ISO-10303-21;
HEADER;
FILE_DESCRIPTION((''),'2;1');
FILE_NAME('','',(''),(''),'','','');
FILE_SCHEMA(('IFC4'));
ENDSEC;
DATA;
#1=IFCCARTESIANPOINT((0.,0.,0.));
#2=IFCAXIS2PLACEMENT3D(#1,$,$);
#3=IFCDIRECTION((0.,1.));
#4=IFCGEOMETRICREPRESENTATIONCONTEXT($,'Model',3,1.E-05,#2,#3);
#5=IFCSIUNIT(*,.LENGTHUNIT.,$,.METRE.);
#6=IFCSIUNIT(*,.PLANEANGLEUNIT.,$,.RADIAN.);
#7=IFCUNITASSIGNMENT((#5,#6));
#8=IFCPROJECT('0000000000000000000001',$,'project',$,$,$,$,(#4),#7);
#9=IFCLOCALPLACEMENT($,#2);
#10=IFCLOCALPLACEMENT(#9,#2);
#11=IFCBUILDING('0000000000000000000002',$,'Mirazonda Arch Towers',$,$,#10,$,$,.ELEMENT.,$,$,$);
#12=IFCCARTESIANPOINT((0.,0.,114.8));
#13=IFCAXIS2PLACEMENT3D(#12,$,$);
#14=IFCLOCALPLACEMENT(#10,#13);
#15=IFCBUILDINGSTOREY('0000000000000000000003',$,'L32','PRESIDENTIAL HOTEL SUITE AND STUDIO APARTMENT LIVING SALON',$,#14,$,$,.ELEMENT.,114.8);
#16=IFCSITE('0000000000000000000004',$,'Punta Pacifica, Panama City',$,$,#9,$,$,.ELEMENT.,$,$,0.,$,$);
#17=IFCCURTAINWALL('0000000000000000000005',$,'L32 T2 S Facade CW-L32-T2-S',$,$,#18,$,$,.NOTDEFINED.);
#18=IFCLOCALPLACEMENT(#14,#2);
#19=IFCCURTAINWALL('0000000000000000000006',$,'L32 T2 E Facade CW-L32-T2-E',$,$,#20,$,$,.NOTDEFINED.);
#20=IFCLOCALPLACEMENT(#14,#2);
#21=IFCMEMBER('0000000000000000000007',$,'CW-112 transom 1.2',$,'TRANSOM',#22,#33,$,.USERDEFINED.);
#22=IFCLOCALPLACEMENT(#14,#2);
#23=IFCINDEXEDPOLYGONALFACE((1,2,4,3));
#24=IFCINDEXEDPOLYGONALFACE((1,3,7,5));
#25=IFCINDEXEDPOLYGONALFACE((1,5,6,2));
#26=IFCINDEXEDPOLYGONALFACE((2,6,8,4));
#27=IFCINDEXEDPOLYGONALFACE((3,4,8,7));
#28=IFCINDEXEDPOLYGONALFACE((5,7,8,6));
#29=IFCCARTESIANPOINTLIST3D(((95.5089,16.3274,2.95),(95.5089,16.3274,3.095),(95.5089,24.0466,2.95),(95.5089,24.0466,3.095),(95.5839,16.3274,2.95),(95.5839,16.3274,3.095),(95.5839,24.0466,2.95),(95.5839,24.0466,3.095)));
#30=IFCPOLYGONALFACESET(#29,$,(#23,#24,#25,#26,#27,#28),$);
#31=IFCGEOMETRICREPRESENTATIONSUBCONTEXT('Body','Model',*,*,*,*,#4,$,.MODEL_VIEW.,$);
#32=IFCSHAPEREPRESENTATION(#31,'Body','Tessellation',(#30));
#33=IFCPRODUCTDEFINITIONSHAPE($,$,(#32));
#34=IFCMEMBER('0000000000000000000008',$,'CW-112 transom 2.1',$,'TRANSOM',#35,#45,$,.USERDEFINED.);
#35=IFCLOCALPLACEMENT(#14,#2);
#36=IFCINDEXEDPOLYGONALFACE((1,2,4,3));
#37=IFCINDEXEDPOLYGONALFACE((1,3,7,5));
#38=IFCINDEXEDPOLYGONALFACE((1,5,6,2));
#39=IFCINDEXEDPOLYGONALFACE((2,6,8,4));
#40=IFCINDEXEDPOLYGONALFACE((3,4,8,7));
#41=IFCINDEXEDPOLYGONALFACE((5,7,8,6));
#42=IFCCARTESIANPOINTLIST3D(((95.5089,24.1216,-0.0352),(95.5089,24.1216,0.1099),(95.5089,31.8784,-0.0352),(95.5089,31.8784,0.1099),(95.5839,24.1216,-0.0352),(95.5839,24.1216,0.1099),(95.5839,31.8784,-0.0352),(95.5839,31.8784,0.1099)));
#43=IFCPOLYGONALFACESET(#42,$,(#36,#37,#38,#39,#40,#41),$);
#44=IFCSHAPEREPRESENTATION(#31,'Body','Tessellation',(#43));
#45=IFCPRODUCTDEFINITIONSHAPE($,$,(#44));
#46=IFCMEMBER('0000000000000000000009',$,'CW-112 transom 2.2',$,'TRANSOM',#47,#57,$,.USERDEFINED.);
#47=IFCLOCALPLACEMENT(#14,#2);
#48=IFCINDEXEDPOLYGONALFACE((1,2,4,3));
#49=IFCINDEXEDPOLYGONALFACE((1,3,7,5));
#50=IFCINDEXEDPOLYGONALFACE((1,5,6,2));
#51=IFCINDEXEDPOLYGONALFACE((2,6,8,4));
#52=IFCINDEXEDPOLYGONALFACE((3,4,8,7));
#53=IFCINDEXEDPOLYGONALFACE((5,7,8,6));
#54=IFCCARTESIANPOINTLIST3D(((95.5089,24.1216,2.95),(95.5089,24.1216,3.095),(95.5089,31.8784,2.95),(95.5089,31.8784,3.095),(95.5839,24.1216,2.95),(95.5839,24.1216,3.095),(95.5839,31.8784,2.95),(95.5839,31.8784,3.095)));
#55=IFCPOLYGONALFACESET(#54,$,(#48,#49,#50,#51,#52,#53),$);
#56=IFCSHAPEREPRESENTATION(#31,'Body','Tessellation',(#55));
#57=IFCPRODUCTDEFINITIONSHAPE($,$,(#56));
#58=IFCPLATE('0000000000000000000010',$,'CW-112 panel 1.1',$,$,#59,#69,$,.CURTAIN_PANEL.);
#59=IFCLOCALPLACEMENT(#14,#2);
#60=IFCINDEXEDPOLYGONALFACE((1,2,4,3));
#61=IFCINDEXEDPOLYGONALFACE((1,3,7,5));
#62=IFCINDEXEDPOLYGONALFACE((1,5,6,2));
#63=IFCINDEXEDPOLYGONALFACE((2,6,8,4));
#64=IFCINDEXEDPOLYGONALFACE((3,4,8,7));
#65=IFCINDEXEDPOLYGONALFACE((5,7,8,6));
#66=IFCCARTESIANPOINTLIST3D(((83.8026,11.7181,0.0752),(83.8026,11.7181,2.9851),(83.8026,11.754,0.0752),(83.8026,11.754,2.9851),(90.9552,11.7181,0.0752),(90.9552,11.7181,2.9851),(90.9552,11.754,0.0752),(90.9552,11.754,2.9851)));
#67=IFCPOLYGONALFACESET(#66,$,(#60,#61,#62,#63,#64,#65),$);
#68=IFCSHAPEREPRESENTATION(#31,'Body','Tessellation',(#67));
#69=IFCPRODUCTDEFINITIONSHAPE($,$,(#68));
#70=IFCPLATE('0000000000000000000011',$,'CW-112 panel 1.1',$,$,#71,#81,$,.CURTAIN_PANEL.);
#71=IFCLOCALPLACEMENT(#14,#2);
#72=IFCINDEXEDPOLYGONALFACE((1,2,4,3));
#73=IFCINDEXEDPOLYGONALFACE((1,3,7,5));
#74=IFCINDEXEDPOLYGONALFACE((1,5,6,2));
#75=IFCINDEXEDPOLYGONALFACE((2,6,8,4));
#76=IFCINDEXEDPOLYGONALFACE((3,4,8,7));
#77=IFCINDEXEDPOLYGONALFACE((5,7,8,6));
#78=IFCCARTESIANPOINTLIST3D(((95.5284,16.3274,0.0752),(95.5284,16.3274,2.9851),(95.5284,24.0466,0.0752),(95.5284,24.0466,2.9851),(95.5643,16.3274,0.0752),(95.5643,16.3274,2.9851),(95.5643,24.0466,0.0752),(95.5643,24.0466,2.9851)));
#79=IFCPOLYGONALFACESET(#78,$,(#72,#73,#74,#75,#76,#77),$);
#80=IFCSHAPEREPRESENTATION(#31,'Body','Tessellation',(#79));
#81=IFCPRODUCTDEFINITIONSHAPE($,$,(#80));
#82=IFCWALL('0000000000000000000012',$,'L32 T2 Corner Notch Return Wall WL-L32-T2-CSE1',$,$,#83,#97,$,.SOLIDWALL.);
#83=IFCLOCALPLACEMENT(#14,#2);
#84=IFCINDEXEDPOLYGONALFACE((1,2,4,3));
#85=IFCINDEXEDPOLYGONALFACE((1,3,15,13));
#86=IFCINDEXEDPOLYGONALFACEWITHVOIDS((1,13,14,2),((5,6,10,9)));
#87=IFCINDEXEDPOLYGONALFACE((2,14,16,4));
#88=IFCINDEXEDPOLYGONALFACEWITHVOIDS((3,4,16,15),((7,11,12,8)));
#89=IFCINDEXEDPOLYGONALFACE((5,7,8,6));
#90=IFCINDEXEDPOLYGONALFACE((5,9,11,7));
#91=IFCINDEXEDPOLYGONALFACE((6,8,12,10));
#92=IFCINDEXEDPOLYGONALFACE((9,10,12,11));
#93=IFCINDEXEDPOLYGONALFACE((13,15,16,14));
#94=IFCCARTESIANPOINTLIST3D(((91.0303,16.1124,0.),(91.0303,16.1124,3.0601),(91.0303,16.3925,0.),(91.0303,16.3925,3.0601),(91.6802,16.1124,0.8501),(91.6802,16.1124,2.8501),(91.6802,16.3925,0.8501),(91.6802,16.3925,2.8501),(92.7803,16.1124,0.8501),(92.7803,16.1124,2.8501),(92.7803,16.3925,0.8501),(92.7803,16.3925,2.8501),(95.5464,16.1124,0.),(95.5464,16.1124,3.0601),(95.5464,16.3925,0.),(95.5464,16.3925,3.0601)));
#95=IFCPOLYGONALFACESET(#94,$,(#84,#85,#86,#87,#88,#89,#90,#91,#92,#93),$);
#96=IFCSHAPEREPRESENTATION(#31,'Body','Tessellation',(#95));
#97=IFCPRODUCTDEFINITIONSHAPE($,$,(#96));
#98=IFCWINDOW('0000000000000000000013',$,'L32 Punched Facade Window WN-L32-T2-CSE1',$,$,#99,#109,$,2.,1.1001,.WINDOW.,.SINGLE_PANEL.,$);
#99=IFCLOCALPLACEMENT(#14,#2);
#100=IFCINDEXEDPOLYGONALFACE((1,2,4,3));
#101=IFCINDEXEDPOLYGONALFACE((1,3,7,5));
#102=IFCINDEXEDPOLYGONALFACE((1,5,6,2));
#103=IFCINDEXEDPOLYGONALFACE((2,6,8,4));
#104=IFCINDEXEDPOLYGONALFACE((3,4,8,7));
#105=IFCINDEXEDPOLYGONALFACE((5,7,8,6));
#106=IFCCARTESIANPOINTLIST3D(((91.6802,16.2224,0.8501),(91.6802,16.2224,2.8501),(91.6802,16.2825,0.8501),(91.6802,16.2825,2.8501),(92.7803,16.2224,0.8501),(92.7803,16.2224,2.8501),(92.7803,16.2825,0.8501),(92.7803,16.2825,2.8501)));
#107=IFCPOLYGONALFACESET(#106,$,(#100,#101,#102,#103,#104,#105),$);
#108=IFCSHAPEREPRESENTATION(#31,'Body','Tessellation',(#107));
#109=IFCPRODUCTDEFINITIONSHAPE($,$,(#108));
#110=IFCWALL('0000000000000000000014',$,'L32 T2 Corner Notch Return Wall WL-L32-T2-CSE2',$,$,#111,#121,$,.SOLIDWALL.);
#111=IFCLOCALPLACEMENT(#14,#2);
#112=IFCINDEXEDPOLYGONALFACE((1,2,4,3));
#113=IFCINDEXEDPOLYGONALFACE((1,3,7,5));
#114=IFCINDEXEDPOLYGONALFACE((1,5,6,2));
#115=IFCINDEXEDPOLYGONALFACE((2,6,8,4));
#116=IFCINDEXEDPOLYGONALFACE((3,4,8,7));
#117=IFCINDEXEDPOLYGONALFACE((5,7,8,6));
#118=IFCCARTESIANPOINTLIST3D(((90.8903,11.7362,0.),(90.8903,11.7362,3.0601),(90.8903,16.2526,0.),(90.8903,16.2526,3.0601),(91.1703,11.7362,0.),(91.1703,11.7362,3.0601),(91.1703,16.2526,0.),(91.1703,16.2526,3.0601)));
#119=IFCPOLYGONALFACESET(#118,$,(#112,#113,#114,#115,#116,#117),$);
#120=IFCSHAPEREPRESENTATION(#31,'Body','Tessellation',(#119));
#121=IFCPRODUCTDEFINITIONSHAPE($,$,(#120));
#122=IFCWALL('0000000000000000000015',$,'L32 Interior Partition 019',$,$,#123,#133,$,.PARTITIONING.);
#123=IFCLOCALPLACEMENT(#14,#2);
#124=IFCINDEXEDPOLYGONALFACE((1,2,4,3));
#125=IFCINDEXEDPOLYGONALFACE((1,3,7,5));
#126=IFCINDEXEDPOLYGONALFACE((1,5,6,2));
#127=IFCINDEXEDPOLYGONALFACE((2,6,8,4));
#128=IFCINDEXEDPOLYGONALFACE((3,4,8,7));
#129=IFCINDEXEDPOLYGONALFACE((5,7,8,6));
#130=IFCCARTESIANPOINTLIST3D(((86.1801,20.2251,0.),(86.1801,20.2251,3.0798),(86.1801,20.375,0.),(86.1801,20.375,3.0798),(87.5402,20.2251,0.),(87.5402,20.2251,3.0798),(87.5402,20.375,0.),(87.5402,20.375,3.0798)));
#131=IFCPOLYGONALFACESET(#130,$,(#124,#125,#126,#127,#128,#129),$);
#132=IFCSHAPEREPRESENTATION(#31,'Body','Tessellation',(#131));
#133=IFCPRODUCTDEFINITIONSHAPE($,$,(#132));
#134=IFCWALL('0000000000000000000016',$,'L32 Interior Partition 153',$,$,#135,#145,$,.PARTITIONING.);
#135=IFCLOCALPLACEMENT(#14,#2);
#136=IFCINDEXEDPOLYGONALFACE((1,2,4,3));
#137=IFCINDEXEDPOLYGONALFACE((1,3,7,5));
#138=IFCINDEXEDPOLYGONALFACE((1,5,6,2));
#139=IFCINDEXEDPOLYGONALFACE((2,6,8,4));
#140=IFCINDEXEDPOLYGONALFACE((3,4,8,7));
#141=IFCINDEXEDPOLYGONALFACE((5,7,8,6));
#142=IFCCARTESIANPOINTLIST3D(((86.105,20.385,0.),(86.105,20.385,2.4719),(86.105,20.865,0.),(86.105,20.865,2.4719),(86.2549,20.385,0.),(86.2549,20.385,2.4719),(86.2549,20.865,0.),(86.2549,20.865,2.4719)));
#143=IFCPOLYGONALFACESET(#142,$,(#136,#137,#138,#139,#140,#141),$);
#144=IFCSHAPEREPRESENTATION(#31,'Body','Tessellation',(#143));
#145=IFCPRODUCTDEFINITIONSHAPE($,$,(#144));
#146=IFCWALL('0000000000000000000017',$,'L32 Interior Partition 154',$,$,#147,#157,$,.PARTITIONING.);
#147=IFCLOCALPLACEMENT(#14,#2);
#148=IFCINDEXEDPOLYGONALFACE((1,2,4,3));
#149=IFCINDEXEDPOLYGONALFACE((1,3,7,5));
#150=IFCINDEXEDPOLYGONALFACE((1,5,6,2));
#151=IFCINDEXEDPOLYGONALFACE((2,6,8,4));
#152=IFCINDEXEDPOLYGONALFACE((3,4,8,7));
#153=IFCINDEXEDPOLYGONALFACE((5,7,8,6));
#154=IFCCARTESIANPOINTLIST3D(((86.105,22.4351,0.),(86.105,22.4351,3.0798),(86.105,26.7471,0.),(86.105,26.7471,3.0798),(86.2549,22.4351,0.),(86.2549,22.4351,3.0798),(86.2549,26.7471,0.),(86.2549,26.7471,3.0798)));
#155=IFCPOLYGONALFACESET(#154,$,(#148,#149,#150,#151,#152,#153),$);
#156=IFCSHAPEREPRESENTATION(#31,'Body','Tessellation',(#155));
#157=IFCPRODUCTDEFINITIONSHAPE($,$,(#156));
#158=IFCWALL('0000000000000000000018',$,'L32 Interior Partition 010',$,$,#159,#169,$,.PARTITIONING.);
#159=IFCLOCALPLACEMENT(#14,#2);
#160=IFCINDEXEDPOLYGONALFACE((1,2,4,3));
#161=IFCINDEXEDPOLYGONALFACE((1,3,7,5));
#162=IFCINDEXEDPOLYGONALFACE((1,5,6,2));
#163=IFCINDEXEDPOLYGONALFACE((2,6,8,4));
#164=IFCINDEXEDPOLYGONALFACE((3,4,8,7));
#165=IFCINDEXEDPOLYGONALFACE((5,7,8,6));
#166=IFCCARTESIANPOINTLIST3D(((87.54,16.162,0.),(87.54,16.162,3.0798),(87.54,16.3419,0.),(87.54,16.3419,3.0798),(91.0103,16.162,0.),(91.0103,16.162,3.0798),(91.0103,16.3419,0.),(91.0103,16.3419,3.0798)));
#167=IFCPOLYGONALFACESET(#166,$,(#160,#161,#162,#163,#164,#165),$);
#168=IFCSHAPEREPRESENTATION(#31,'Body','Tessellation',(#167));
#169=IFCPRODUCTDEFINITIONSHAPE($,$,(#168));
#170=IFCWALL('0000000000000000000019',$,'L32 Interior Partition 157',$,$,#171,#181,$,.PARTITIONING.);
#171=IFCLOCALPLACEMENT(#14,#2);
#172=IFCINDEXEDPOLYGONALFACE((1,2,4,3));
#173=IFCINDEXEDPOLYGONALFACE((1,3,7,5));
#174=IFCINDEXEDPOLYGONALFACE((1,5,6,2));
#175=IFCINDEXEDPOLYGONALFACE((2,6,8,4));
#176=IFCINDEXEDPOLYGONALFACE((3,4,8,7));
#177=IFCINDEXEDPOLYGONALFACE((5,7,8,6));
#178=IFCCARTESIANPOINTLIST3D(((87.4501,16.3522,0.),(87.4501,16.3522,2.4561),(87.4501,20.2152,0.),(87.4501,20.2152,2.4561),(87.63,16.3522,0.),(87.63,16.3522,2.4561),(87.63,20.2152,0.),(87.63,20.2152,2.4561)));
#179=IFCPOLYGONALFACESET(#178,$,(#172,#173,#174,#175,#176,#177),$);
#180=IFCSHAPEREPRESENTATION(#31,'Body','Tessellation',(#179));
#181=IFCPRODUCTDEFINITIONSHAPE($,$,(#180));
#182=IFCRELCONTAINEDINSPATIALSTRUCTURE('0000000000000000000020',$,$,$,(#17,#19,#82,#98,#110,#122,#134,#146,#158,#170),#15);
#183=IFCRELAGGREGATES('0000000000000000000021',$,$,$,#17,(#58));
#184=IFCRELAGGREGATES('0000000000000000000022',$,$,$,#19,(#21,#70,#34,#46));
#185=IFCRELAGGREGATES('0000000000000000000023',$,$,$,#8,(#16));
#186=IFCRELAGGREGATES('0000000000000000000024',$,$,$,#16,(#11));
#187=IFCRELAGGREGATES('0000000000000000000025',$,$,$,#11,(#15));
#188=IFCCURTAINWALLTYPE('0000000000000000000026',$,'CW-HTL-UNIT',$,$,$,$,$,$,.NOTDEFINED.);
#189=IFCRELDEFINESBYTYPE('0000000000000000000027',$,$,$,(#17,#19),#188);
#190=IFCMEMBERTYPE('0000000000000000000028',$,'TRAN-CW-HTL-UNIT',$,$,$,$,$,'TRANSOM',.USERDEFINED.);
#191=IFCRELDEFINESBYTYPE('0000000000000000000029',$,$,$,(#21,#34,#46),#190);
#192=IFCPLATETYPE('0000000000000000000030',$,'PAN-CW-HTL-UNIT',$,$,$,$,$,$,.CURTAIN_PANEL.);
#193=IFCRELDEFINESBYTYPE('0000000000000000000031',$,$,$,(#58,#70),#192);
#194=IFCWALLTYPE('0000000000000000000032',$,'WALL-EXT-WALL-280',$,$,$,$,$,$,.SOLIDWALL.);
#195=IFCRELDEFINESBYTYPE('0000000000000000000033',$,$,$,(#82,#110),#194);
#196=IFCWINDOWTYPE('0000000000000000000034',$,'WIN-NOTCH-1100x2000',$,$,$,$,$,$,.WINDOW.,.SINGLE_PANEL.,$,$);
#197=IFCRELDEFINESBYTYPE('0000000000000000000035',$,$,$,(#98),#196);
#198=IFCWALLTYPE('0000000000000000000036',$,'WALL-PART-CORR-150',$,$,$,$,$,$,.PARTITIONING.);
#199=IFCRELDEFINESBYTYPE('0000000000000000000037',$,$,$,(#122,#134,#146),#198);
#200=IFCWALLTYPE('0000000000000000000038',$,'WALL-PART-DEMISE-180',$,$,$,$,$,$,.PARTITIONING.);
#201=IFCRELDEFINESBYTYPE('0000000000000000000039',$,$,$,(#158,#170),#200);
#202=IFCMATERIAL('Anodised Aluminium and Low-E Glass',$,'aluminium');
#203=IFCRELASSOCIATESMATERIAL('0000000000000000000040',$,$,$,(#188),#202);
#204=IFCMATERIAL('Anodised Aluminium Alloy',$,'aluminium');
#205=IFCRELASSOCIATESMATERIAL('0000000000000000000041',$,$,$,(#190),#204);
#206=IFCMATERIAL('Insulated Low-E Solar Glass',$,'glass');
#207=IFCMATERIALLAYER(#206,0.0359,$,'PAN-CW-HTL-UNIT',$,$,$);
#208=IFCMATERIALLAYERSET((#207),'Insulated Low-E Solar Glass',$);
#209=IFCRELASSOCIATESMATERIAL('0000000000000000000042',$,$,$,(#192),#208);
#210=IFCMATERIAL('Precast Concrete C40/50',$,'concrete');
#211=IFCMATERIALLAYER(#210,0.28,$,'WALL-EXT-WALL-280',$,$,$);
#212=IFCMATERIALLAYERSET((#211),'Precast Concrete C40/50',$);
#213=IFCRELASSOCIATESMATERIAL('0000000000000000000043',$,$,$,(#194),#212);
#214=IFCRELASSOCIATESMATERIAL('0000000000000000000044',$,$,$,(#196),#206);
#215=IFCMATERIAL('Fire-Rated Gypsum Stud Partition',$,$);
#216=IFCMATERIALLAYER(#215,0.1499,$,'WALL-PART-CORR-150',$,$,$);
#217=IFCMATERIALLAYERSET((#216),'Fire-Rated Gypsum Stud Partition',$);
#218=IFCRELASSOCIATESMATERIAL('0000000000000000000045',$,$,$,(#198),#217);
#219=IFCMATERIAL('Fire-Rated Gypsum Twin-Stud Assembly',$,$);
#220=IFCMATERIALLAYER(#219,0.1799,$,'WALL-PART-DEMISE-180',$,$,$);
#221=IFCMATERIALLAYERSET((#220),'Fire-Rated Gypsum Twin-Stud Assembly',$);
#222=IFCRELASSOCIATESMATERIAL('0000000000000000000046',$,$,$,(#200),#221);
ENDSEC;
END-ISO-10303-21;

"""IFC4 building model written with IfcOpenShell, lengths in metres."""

from ifc_helpers import new_model, si_unit, direction, frame, frame_2d, origin, origin_2d, place, context, subcontext, project, spatial, rectangle, extrude, material, layer, layer_set, material_profile, profile_set, type_object, element, fill, aggregate, save


model = new_model("IFC4")

# Units and contexts
model_context = context("Model", 3, precision=1e-05, world=origin(), true_north=direction((0.0, 1.0)))
body_context = subcontext(model_context, "Body", "Model", "MODEL_VIEW")
ifc_project = project(units=[si_unit("LENGTHUNIT", "METRE"), si_unit("PLANEANGLEUNIT", "RADIAN")], contexts=[model_context])

# Site, building, storey
site_placement = place(None, origin())
site = spatial("IfcSite", under=ifc_project, at=site_placement, Name="Punta Pacifica, Panama City", CompositionType="ELEMENT", RefElevation=0.0)
building_placement = place(site_placement, origin())
building = spatial("IfcBuilding", under=site, at=building_placement, Name="Mirazonda Arch Towers", CompositionType="ELEMENT")
storey_placement = place(building_placement, frame((0.0, 0.0, 114.8)))
storey = spatial("IfcBuildingStorey", under=building, at=storey_placement, Name="L32", Description="PRESIDENTIAL HOTEL SUITE AND STUDIO APARTMENT LIVING SALON", CompositionType="ELEMENT", Elevation=114.8)

# Curtain wall
ifc_material_1 = material(Name="Anodised Aluminium and Low-E Glass", Category="aluminium")
curtain_wall_type = type_object("IfcCurtainWallType", Name="CW-HTL-UNIT", PredefinedType="NOTDEFINED", material=ifc_material_1)
curtain_wall_1_placement = place(storey_placement, origin())
curtain_wall_1 = element("IfcCurtainWall", 1, at=curtain_wall_1_placement, inside=storey, type_object=curtain_wall_type, Name="L32 T2 S Facade CW-L32-T2-S", PredefinedType="NOTDEFINED")
ifc_material_2 = material(Name="Anodised Aluminium Alloy", Category="aluminium")

# Curtain wall
curtain_wall_2_placement = place(storey_placement, origin())
curtain_wall_2 = element("IfcCurtainWall", 2, at=curtain_wall_2_placement, inside=storey, type_object=curtain_wall_type, Name="L32 T2 E Facade CW-L32-T2-E", PredefinedType="NOTDEFINED")

# Members
ifc_material_profile_1 = material_profile(ifc_material_2, rectangle(XDim=0.075, YDim=0.145, at=origin_2d()), Name="ALU-TRAN-75x145")
ifc_profile_set_1 = profile_set([ifc_material_profile_1], Name="Anodised Aluminium Alloy")
member_type_1 = type_object("IfcMemberType", Name="TRAN-CW-HTL-UNIT", ElementType="TRANSOM", PredefinedType="USERDEFINED", material=ifc_profile_set_1)
member_1_placement = place(storey_placement, frame((95.5464, 16.3274, 3.0225), z_axis=(0.0, 1.0, 0.0), x_axis=(-1.0, 0.0, 0.0)))
member_1 = element("IfcMember", 3, at=member_1_placement, type_object=member_type_1, Name="CW-112 transom 1.2", ObjectType="TRANSOM", PredefinedType="USERDEFINED", context=body_context, shape_type="SweptSolid", body=[
    extrude(rectangle(XDim=0.075, YDim=0.145, at=origin_2d()), origin(), (0.0, 0.0, 1.0), 7.7192),
])
member_2_placement = place(storey_placement, frame((95.5464, 24.1216, 0.0374), z_axis=(0.0, 1.0, 0.0), x_axis=(-1.0, 0.0, 0.0)))
member_2 = element("IfcMember", 4, at=member_2_placement, type_object=member_type_1, Name="CW-112 transom 2.1", ObjectType="TRANSOM", PredefinedType="USERDEFINED", context=body_context, shape_type="SweptSolid", body=[
    extrude(rectangle(XDim=0.075, YDim=0.145, at=origin_2d()), origin(), (0.0, 0.0, 1.0), 7.7568),
])
member_3_placement = place(storey_placement, frame((95.5464, 24.1216, 3.0225), z_axis=(0.0, 1.0, 0.0), x_axis=(-1.0, 0.0, 0.0)))
member_3 = element("IfcMember", 5, at=member_3_placement, type_object=member_type_1, Name="CW-112 transom 2.2", ObjectType="TRANSOM", PredefinedType="USERDEFINED", context=body_context, shape_type="SweptSolid", body=[
    extrude(rectangle(XDim=0.075, YDim=0.145, at=origin_2d()), origin(), (0.0, 0.0, 1.0), 7.7568),
])

# Plates
ifc_material_3 = material(Name="Insulated Low-E Solar Glass", Category="glass")
ifc_layer_1 = layer(ifc_material_3, 0.0359, Name="PAN-CW-HTL-UNIT")
ifc_layer_set_1 = layer_set([ifc_layer_1], Name="Insulated Low-E Solar Glass")
plate_type = type_object("IfcPlateType", Name="PAN-CW-HTL-UNIT", PredefinedType="CURTAIN_PANEL", material=ifc_layer_set_1)
plate_1_placement = place(storey_placement, frame((87.3789, 11.7361, 0.0752), z_axis=(0.0, 0.0, 1.0), x_axis=(-1.0, 0.0, 0.0)))
plate_1 = element("IfcPlate", 6, at=plate_1_placement, type_object=plate_type, Name="CW-112 panel 1.1", PredefinedType="CURTAIN_PANEL", context=body_context, shape_type="SweptSolid", body=[
    extrude(rectangle(XDim=7.1526, YDim=0.0359, at=origin_2d()), origin(), (0.0, 0.0, 1.0), 2.9099),
])
aggregate(curtain_wall_1, [plate_1])
plate_2_placement = place(storey_placement, frame((95.5464, 20.187, 0.0752), z_axis=(0.0, 0.0, 1.0), x_axis=(0.0, 1.0, 0.0)))
plate_2 = element("IfcPlate", 7, at=plate_2_placement, type_object=plate_type, Name="CW-112 panel 1.1", PredefinedType="CURTAIN_PANEL", context=body_context, shape_type="SweptSolid", body=[
    extrude(rectangle(XDim=7.7192, YDim=0.0359, at=origin_2d()), origin(), (0.0, 0.0, 1.0), 2.9099),
])
aggregate(curtain_wall_2, [member_1, plate_2, member_2, member_3])

# Wall, opening, window
ifc_material_4 = material(Name="Precast Concrete C40/50", Category="concrete")
ifc_layer_2 = layer(ifc_material_4, 0.28, Name="WALL-EXT-WALL-280")
ifc_layer_set_2 = layer_set([ifc_layer_2], Name="Precast Concrete C40/50")
wall_type_1 = type_object("IfcWallType", Name="WALL-EXT-WALL-280", PredefinedType="SOLIDWALL", material=ifc_layer_set_2)
wall_1_placement = place(storey_placement, frame((91.0303, 16.2524, 0.0), z_axis=(0.0, 0.0, 1.0), x_axis=(1.0, 0.0, 0.0)))
wall_1 = element("IfcWall", 8, at=wall_1_placement, inside=storey, type_object=wall_type_1, Name="L32 T2 Corner Notch Return Wall WL-L32-T2-CSE1", PredefinedType="SOLIDWALL", context=body_context, shape_type="SweptSolid", body=[
    extrude(rectangle(XDim=4.5161, YDim=0.28, at=frame_2d((2.2581, 0.0))), origin(), (0.0, 0.0, 1.0), 3.0601),
])
opening_1_placement = place(wall_1_placement, frame((0.6499, 0.0, 0.8501)))
opening_1 = element("IfcOpeningElement", 9, at=opening_1_placement, cuts=wall_1, PredefinedType="OPENING", context=body_context, shape_type="SweptSolid", body=[
    extrude(rectangle(XDim=1.1001, YDim=2.0, at=frame_2d((0.55, 1.0))), frame((0.0, 0.1499, 0.0), z_axis=(0.0, -1.0, 0.0), x_axis=(1.0, 0.0, 0.0)), (0.0, 0.0, 1.0), 0.3),
])
window_type = type_object("IfcWindowType", Name="WIN-NOTCH-1100x2000", PartitioningType="SINGLE_PANEL", PredefinedType="WINDOW", material=ifc_material_3)
window_placement = place(opening_1_placement, origin())
window = element("IfcWindow", 10, at=window_placement, inside=storey, type_object=window_type, Name="L32 Punched Facade Window WN-L32-T2-CSE1", OverallHeight=2.0, OverallWidth=1.1001, PartitioningType="SINGLE_PANEL", PredefinedType="WINDOW", context=body_context, shape_type="SweptSolid", body=[
    extrude(rectangle(XDim=1.1001, YDim=2.0, at=frame_2d((0.55, 1.0))), frame((0.0, 0.03, 0.0), z_axis=(0.0, -1.0, 0.0), x_axis=(1.0, 0.0, 0.0)), (0.0, 0.0, 1.0), 0.0601),
])
fill(opening_1, window)

# Walls
wall_2_placement = place(storey_placement, frame((91.0303, 11.7361, 0.0), z_axis=(0.0, 0.0, 1.0), x_axis=(0.0, 1.0, 0.0)))
element("IfcWall", 11, at=wall_2_placement, inside=storey, type_object=wall_type_1, Name="L32 T2 Corner Notch Return Wall WL-L32-T2-CSE2", PredefinedType="SOLIDWALL", context=body_context, shape_type="SweptSolid", body=[
    extrude(rectangle(XDim=4.5164, YDim=0.28, at=frame_2d((2.2583, 0.0))), origin(), (0.0, 0.0, 1.0), 3.0601),
])
ifc_material_5 = material(Name="Fire-Rated Gypsum Stud Partition")
ifc_layer_3 = layer(ifc_material_5, 0.1499, Name="WALL-PART-CORR-150")
ifc_layer_set_3 = layer_set([ifc_layer_3], Name="Fire-Rated Gypsum Stud Partition")
wall_type_2 = type_object("IfcWallType", Name="WALL-PART-CORR-150", PredefinedType="PARTITIONING", material=ifc_layer_set_3)
wall_3_placement = place(storey_placement, frame((86.1799, 20.3, 0.0), z_axis=(0.0, 0.0, 1.0), x_axis=(1.0, 0.0, 0.0)))
element("IfcWall", 12, at=wall_3_placement, inside=storey, type_object=wall_type_2, Name="L32 Interior Partition 019", PredefinedType="PARTITIONING", context=body_context, shape_type="SweptSolid", body=[
    extrude(rectangle(XDim=1.3601, YDim=0.1499, at=frame_2d((0.6802, 0.0))), origin(), (0.0, 0.0, 1.0), 3.0798),
])
wall_4_placement = place(storey_placement, frame((86.1799, 20.385, 0.0), z_axis=(0.0, 0.0, 1.0), x_axis=(0.0, 1.0, 0.0)))
element("IfcWall", 13, at=wall_4_placement, inside=storey, type_object=wall_type_2, Name="L32 Interior Partition 153", PredefinedType="PARTITIONING", context=body_context, shape_type="SweptSolid", body=[
    extrude(rectangle(XDim=0.48, YDim=0.1499, at=frame_2d((0.24, 0.0))), origin(), (0.0, 0.0, 1.0), 2.4719),
])
wall_5_placement = place(storey_placement, frame((86.1799, 22.4351, 0.0), z_axis=(0.0, 0.0, 1.0), x_axis=(0.0, 1.0, 0.0)))
element("IfcWall", 14, at=wall_5_placement, inside=storey, type_object=wall_type_2, Name="L32 Interior Partition 154", PredefinedType="PARTITIONING", context=body_context, shape_type="SweptSolid", body=[
    extrude(rectangle(XDim=4.312, YDim=0.1499, at=frame_2d((2.156, 0.0))), origin(), (0.0, 0.0, 1.0), 3.0798),
])
ifc_material_6 = material(Name="Fire-Rated Gypsum Twin-Stud Assembly")
ifc_layer_4 = layer(ifc_material_6, 0.1799, Name="WALL-PART-DEMISE-180")
ifc_layer_set_4 = layer_set([ifc_layer_4], Name="Fire-Rated Gypsum Twin-Stud Assembly")
wall_type_3 = type_object("IfcWallType", Name="WALL-PART-DEMISE-180", PredefinedType="PARTITIONING", material=ifc_layer_set_4)
wall_6_placement = place(storey_placement, frame((87.54, 16.252, 0.0), z_axis=(0.0, 0.0, 1.0), x_axis=(1.0, 0.0, 0.0)))
element("IfcWall", 15, at=wall_6_placement, inside=storey, type_object=wall_type_3, Name="L32 Interior Partition 010", PredefinedType="PARTITIONING", context=body_context, shape_type="SweptSolid", body=[
    extrude(rectangle(XDim=3.4702, YDim=0.1799, at=frame_2d((1.7351, 0.0))), origin(), (0.0, 0.0, 1.0), 3.0798),
])

# Wall
wall_7_placement = place(storey_placement, frame((87.54, 16.3521, 0.0), z_axis=(0.0, 0.0, 1.0), x_axis=(0.0, 1.0, 0.0)))
element("IfcWall", 16, at=wall_7_placement, inside=storey, type_object=wall_type_3, Name="L32 Interior Partition 157", PredefinedType="PARTITIONING", context=body_context, shape_type="SweptSolid", body=[
    extrude(rectangle(XDim=3.863, YDim=0.1799, at=frame_2d((1.9316, 0.0))), origin(), (0.0, 0.0, 1.0), 2.4561),
])

save(model, "model.ifc")
